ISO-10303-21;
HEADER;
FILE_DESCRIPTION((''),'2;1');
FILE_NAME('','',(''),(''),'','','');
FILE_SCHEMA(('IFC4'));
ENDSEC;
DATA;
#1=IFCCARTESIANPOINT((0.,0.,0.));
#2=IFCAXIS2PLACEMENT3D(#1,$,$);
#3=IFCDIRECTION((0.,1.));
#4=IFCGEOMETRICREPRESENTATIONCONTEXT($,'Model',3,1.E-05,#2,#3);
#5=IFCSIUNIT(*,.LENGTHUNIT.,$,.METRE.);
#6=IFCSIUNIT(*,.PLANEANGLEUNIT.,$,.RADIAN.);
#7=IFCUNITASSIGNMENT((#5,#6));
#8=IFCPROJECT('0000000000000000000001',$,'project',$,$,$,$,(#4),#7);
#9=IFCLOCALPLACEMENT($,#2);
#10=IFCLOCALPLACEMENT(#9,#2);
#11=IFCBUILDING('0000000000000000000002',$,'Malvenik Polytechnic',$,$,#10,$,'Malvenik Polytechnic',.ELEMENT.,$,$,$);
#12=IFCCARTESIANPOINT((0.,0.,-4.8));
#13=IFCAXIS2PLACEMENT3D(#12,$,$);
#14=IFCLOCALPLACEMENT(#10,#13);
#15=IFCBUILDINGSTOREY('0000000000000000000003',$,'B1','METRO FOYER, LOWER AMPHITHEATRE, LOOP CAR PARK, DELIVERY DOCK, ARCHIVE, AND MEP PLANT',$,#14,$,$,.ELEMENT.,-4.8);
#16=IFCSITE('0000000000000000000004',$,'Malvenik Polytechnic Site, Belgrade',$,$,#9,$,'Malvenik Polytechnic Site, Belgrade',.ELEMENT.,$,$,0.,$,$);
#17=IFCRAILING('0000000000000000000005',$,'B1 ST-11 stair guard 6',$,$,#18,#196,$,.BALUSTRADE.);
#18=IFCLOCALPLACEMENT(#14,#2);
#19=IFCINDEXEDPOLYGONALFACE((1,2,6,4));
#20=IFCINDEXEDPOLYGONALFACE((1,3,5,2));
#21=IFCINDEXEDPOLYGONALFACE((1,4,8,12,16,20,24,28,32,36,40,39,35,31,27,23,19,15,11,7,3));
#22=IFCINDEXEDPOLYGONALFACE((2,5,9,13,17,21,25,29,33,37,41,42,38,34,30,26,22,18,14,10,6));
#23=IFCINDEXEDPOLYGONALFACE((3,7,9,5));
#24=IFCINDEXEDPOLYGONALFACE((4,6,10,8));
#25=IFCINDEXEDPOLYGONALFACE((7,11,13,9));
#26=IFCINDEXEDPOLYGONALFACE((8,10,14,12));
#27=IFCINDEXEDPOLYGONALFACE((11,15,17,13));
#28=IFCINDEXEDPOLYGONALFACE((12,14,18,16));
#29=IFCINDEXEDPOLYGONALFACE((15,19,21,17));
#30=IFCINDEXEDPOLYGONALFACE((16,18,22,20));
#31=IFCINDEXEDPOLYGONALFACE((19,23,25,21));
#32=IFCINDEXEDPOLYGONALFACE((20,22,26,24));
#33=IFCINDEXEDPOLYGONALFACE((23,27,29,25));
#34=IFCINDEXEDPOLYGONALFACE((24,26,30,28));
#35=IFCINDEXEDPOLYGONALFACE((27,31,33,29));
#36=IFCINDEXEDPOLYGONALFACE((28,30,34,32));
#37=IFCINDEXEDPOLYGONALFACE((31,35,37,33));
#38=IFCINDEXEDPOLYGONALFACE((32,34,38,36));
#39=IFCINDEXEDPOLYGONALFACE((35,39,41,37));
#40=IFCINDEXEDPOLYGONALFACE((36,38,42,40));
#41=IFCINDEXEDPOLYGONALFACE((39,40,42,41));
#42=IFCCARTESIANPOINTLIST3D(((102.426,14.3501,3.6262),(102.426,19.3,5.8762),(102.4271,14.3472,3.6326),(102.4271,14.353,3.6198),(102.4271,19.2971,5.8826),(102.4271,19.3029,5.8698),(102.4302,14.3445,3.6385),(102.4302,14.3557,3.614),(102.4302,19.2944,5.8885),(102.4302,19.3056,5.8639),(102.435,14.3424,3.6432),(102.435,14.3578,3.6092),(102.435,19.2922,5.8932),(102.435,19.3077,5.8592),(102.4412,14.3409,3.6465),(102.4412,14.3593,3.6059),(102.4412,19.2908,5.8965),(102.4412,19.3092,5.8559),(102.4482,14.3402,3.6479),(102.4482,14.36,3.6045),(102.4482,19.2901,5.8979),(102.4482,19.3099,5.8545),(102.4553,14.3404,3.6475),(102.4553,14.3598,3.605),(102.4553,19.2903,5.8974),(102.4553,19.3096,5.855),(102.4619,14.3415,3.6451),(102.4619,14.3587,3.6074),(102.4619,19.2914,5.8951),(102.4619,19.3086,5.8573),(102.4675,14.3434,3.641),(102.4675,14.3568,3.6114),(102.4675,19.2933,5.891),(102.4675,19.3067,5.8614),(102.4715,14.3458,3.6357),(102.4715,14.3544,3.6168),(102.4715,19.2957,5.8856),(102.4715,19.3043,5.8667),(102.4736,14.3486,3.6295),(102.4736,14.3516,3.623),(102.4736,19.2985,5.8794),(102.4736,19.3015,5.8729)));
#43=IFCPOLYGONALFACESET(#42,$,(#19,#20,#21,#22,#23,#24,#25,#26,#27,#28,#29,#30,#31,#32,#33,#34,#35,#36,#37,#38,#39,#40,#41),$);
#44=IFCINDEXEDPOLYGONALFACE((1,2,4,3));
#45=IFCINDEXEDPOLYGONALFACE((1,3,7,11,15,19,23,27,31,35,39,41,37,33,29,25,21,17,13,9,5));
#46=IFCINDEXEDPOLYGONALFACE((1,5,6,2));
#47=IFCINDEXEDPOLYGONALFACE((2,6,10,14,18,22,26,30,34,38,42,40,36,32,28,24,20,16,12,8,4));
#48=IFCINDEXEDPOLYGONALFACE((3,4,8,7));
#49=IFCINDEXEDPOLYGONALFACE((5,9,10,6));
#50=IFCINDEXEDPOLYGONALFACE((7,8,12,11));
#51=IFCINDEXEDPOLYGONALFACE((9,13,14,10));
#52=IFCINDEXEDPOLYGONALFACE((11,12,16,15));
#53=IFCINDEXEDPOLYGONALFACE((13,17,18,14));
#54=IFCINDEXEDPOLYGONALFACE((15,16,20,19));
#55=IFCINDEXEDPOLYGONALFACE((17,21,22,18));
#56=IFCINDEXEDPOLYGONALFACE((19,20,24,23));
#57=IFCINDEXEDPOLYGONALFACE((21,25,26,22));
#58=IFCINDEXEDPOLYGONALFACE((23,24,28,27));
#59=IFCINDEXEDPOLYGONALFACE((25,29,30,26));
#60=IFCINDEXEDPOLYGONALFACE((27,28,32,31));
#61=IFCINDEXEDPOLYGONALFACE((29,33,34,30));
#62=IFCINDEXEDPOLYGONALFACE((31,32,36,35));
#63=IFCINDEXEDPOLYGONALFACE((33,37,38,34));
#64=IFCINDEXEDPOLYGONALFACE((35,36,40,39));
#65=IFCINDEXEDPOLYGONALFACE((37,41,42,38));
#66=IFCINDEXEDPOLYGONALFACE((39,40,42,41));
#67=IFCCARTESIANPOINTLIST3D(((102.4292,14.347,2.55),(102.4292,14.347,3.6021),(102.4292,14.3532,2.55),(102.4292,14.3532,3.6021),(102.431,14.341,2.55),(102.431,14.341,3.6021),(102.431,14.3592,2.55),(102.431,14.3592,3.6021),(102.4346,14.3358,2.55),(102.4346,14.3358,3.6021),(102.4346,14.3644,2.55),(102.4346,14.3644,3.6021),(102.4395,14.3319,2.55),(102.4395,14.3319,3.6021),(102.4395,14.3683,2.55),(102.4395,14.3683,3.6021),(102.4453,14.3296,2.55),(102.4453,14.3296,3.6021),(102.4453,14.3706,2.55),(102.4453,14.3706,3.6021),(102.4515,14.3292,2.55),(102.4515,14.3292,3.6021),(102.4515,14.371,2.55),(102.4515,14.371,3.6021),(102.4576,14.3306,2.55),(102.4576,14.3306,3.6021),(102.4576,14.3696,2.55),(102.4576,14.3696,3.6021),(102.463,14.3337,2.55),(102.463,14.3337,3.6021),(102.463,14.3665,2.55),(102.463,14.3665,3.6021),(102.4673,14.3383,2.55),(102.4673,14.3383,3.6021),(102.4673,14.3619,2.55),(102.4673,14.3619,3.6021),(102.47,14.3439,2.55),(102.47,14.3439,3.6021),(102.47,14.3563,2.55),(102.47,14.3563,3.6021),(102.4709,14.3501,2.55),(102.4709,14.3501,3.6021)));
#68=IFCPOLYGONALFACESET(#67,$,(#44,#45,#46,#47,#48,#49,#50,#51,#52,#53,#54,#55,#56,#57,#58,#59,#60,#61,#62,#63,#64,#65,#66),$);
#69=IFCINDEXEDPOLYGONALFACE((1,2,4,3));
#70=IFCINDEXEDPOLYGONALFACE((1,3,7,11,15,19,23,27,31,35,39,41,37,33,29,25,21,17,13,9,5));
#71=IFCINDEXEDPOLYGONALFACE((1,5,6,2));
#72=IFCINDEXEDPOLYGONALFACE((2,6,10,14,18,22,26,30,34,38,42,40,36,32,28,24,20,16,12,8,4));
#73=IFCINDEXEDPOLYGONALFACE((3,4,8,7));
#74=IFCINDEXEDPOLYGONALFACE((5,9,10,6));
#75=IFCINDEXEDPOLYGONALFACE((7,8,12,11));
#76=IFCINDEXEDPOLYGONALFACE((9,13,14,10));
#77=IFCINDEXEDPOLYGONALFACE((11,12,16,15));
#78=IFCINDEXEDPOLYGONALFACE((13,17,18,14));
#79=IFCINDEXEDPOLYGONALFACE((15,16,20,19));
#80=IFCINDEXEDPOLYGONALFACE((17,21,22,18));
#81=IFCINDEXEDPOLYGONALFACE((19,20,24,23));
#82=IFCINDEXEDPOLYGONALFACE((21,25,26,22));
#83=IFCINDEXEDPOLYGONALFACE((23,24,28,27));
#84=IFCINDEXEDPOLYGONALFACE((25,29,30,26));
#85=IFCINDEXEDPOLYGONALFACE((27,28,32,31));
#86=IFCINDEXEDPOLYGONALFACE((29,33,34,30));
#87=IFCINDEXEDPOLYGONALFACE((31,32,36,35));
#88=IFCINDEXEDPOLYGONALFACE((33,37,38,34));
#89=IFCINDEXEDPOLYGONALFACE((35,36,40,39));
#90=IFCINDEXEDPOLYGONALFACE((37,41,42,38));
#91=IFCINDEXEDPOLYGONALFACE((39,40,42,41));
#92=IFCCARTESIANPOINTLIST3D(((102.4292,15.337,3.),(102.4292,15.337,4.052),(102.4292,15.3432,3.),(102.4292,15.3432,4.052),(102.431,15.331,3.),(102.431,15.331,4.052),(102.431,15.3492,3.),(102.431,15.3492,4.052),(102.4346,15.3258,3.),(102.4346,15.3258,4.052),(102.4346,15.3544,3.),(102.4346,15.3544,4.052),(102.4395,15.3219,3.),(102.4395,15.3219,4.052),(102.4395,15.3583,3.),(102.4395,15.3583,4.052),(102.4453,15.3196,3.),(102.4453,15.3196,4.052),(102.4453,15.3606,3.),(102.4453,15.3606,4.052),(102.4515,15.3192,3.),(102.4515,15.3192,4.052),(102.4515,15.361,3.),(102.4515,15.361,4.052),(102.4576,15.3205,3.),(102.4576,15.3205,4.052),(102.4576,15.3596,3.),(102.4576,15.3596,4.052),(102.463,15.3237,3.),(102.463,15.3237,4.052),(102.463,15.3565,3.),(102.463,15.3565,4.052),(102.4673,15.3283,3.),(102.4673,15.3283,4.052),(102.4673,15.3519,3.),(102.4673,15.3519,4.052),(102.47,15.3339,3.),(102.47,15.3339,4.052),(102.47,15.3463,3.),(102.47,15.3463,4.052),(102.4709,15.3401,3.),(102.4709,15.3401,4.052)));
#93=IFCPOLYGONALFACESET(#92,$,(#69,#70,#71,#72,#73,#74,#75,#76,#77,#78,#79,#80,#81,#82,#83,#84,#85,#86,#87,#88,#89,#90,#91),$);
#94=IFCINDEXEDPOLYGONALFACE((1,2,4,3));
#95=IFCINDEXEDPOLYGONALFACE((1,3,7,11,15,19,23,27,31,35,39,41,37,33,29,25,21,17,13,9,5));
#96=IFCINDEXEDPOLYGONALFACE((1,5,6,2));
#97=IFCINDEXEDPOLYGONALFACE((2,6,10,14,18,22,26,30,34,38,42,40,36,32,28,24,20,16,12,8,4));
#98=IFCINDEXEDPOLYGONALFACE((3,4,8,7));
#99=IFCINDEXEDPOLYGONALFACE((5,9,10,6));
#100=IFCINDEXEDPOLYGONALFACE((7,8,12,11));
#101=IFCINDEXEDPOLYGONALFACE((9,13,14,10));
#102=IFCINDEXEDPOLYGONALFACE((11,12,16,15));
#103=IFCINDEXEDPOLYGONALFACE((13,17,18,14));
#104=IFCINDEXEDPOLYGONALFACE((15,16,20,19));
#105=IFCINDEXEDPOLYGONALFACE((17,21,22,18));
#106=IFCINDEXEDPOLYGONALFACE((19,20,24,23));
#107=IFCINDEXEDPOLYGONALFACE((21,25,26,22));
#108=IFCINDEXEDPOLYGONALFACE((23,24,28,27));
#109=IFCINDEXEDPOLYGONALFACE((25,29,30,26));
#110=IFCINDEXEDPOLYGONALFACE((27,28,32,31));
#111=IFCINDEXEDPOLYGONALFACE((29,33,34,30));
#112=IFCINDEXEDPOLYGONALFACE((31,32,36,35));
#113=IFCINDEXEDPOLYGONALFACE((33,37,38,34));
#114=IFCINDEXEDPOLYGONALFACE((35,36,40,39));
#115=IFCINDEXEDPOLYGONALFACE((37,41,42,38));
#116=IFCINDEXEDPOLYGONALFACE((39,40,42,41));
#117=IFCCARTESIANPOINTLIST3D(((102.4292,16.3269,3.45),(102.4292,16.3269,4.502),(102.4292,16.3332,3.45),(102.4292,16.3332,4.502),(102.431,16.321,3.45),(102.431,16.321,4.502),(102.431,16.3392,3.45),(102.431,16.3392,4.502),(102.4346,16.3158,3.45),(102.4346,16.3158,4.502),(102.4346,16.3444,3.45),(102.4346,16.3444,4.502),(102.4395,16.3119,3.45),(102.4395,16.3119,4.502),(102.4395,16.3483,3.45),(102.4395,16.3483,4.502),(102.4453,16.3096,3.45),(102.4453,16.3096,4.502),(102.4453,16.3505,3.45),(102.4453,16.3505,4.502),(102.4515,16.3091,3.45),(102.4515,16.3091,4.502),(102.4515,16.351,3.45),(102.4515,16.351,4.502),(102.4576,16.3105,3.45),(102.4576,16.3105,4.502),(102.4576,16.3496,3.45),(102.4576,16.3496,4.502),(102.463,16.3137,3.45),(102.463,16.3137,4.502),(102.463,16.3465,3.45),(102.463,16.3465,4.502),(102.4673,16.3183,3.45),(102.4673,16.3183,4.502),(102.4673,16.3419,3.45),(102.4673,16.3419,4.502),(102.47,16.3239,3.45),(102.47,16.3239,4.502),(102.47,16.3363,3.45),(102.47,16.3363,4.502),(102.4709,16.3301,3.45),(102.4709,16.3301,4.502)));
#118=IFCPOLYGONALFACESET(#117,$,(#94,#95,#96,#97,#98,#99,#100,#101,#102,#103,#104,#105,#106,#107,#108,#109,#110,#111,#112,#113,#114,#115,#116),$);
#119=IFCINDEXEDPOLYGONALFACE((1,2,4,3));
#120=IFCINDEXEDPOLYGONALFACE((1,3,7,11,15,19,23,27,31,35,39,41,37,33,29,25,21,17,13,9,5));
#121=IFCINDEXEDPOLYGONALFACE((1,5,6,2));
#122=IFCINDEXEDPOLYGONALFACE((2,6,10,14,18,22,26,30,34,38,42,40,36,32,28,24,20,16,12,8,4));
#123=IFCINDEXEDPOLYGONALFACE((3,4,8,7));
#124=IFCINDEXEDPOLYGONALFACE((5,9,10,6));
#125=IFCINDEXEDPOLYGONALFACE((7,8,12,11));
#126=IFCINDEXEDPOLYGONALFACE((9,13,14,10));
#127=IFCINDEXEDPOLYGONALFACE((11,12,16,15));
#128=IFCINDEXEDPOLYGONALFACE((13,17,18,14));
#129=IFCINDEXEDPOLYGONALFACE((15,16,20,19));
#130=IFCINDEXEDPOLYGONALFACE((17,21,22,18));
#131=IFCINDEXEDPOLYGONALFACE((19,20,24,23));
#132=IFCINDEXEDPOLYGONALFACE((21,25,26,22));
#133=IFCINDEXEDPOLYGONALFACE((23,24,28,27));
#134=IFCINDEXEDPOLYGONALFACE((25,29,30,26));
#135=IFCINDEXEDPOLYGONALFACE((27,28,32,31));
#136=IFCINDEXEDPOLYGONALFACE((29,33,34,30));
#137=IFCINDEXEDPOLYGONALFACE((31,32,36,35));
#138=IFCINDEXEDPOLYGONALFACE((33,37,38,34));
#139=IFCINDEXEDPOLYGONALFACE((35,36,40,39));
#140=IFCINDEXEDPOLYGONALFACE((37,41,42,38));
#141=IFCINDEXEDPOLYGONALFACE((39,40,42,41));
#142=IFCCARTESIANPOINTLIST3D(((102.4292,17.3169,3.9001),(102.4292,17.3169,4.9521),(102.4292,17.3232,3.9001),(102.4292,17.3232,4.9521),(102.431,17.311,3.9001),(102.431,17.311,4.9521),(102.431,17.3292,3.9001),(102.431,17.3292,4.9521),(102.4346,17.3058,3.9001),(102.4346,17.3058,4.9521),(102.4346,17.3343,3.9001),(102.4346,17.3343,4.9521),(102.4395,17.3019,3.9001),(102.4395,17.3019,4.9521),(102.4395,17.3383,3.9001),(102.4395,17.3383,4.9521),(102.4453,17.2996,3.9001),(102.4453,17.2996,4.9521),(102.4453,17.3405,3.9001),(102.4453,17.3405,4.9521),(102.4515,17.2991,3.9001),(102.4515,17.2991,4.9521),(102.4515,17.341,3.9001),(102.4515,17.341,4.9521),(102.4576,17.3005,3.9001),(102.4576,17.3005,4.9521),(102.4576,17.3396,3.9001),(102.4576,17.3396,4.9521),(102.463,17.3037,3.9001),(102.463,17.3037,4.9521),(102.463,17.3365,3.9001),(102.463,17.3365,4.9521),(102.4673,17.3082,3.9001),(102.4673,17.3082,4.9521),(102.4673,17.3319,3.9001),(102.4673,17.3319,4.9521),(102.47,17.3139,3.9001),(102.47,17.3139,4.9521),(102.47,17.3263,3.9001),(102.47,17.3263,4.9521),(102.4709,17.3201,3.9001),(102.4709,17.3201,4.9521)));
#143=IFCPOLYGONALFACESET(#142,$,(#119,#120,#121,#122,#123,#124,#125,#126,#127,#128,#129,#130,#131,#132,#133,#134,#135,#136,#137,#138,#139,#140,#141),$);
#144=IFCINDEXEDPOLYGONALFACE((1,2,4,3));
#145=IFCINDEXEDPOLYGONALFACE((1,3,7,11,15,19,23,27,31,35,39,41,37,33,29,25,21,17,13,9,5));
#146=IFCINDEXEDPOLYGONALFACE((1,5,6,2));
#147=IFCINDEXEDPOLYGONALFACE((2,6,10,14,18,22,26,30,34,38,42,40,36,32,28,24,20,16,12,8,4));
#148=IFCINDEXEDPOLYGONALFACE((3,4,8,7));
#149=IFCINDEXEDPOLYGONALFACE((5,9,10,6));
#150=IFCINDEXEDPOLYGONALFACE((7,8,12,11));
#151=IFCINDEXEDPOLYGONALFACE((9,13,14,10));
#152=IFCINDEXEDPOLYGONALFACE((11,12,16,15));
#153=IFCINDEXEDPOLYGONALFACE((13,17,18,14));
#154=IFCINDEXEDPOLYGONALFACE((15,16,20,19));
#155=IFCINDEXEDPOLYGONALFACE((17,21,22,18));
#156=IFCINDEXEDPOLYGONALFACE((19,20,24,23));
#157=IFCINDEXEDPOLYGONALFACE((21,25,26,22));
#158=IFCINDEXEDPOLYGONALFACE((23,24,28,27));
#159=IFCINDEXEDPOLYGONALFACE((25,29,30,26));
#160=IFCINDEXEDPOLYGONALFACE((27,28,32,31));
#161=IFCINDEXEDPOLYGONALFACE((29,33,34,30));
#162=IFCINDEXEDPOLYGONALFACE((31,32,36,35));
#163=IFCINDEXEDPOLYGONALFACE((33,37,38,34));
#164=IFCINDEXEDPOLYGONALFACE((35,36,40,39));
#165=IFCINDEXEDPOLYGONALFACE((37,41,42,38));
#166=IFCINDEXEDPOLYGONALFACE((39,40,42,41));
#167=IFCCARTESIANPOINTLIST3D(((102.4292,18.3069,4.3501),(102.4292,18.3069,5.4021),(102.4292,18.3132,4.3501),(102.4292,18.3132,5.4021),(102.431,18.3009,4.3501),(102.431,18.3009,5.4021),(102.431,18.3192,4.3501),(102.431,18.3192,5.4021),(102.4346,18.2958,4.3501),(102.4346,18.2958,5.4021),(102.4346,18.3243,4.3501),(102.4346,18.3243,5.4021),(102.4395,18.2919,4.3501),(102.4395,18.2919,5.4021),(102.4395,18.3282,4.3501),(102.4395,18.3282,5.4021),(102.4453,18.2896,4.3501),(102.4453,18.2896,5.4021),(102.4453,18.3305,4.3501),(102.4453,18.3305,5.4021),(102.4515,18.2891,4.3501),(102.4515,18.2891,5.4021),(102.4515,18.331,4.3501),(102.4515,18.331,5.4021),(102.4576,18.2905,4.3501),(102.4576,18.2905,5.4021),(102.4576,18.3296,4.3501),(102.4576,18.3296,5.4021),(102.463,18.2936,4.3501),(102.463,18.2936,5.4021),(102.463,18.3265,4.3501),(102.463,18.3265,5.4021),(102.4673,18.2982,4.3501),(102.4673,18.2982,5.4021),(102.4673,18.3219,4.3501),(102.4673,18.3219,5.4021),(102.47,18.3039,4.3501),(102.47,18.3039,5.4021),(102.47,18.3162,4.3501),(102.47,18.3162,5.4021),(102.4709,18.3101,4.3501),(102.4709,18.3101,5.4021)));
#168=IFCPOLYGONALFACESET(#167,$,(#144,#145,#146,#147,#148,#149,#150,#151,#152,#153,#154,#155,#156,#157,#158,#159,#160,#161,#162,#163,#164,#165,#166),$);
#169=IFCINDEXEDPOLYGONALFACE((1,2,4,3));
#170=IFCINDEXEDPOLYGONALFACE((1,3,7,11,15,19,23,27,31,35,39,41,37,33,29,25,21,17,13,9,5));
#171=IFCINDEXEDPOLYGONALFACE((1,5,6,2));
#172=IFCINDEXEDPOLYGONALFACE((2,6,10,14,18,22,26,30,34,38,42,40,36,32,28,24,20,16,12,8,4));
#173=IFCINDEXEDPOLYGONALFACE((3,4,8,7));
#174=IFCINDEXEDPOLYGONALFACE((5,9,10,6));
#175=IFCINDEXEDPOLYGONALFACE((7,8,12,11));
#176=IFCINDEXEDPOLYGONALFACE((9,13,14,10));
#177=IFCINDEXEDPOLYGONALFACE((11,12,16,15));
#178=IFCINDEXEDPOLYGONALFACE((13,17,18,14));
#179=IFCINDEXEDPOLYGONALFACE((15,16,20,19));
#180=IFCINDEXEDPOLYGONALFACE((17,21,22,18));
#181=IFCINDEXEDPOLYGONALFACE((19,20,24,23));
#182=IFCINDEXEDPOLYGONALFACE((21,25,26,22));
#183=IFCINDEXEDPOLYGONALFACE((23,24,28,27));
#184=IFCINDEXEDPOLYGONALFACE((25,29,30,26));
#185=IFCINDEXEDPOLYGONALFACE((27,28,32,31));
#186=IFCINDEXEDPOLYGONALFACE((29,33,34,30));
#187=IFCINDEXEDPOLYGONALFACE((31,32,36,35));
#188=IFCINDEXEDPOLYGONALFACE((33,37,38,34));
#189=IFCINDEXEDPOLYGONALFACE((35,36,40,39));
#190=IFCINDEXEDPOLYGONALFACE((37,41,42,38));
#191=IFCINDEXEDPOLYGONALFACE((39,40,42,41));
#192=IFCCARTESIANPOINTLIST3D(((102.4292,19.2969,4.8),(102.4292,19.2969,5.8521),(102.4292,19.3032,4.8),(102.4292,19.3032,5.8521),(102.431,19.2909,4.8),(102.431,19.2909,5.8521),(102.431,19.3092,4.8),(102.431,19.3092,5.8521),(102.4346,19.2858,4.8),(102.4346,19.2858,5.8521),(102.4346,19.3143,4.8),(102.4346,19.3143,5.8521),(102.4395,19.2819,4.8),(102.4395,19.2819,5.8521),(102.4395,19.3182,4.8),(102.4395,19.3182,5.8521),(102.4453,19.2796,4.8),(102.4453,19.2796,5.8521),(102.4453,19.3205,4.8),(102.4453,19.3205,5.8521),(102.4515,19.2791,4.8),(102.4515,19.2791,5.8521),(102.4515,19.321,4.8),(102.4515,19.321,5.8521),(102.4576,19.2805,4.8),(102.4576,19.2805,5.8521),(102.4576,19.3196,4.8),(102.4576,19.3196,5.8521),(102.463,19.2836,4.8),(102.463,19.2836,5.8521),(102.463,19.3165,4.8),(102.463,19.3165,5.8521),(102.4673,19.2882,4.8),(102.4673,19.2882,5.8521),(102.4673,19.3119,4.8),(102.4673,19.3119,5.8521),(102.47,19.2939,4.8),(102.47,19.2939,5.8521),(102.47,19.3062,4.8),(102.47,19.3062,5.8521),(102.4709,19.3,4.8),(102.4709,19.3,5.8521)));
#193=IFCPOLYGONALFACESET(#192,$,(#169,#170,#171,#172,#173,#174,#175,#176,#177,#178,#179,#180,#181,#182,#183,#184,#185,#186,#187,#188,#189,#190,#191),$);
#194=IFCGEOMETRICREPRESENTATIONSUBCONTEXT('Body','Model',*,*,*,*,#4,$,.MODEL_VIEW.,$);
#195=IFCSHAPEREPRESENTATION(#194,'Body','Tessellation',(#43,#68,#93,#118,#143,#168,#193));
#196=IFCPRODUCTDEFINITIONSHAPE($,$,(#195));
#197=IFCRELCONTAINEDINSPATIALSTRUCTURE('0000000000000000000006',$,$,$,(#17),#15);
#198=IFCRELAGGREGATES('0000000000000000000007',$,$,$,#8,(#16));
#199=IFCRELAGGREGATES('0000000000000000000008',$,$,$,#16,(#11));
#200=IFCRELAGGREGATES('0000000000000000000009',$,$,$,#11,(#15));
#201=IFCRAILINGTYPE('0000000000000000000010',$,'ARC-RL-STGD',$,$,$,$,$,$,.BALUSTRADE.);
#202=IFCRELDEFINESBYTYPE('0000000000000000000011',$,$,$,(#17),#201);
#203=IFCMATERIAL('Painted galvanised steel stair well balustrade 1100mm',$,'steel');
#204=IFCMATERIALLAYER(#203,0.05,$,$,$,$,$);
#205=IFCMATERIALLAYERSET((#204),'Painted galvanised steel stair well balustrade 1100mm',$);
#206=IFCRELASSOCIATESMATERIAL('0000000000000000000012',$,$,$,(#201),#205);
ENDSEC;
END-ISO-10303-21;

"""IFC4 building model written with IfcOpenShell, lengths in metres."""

from ifc_helpers import new_model, si_unit, direction, frame, origin, origin_2d, place, context, subcontext, project, spatial, circle, extrude, material, layer, layer_set, type_object, element, save


model = new_model("IFC4")

# Units and contexts
model_context = context("Model", 3, precision=1e-05, world=origin(), true_north=direction((0.0, 1.0)))
body_context = subcontext(model_context, "Body", "Model", "MODEL_VIEW")
ifc_project = project(units=[si_unit("LENGTHUNIT", "METRE"), si_unit("PLANEANGLEUNIT", "RADIAN")], contexts=[model_context])

# Site, building, storey
site_placement = place(None, origin())
site = spatial("IfcSite", under=ifc_project, at=site_placement, Name="Malvenik Polytechnic Site, Belgrade", LongName="Malvenik Polytechnic Site, Belgrade", CompositionType="ELEMENT", RefElevation=0.0)
building_placement = place(site_placement, origin())
building = spatial("IfcBuilding", under=site, at=building_placement, Name="Malvenik Polytechnic", LongName="Malvenik Polytechnic", CompositionType="ELEMENT")
storey_placement = place(building_placement, frame((0.0, 0.0, -4.8)))
storey = spatial("IfcBuildingStorey", under=building, at=storey_placement, Name="B1", Description="METRO FOYER, LOWER AMPHITHEATRE, LOOP CAR PARK, DELIVERY DOCK, ARCHIVE, AND MEP PLANT", CompositionType="ELEMENT", Elevation=-4.8)

# Railing
ifc_material_1 = material(Name="Painted galvanised steel stair well balustrade 1100mm", Category="steel")
ifc_layer_1 = layer(ifc_material_1, 0.05)
ifc_layer_set_1 = layer_set([ifc_layer_1], Name="Painted galvanised steel stair well balustrade 1100mm")
railing_type_1 = type_object("IfcRailingType", Name="ARC-RL-STGD", PredefinedType="BALUSTRADE", material=ifc_layer_set_1)
railing_1_placement = place(storey_placement, frame((102.45, 14.3501, 2.55)))
element("IfcRailing", 1, at=railing_1_placement, inside=storey, type_object=railing_type_1, Name="B1 ST-11 stair guard 6", PredefinedType="BALUSTRADE", context=body_context, shape_type="SweptSolid", body=[
    extrude(circle(Radius=0.0239, at=origin_2d()), frame((0.0, 0.0, 1.0762), z_axis=(0.0, 0.910365, 0.413806), x_axis=(-1.0, 0.0, 0.0)), (0.0, 0.0, 1.0), 5.4373),
    extrude(circle(Radius=0.021, at=origin_2d()), origin(), (0.0, 0.0, 1.0), 1.052),
    extrude(circle(Radius=0.021, at=origin_2d()), frame((0.0, 0.99, 0.45)), (0.0, 0.0, 1.0), 1.052),
    extrude(circle(Radius=0.021, at=origin_2d()), frame((0.0, 1.98, 0.8999)), (0.0, 0.0, 1.0), 1.052),
    extrude(circle(Radius=0.021, at=origin_2d()), frame((0.0, 2.97, 1.3501)), (0.0, 0.0, 1.0), 1.052),
    extrude(circle(Radius=0.021, at=origin_2d()), frame((0.0, 3.96, 1.8)), (0.0, 0.0, 1.0), 1.052),
    extrude(circle(Radius=0.021, at=origin_2d()), frame((0.0, 4.95, 2.25)), (0.0, 0.0, 1.0), 1.052),
])

save(model, "model.ifc")
